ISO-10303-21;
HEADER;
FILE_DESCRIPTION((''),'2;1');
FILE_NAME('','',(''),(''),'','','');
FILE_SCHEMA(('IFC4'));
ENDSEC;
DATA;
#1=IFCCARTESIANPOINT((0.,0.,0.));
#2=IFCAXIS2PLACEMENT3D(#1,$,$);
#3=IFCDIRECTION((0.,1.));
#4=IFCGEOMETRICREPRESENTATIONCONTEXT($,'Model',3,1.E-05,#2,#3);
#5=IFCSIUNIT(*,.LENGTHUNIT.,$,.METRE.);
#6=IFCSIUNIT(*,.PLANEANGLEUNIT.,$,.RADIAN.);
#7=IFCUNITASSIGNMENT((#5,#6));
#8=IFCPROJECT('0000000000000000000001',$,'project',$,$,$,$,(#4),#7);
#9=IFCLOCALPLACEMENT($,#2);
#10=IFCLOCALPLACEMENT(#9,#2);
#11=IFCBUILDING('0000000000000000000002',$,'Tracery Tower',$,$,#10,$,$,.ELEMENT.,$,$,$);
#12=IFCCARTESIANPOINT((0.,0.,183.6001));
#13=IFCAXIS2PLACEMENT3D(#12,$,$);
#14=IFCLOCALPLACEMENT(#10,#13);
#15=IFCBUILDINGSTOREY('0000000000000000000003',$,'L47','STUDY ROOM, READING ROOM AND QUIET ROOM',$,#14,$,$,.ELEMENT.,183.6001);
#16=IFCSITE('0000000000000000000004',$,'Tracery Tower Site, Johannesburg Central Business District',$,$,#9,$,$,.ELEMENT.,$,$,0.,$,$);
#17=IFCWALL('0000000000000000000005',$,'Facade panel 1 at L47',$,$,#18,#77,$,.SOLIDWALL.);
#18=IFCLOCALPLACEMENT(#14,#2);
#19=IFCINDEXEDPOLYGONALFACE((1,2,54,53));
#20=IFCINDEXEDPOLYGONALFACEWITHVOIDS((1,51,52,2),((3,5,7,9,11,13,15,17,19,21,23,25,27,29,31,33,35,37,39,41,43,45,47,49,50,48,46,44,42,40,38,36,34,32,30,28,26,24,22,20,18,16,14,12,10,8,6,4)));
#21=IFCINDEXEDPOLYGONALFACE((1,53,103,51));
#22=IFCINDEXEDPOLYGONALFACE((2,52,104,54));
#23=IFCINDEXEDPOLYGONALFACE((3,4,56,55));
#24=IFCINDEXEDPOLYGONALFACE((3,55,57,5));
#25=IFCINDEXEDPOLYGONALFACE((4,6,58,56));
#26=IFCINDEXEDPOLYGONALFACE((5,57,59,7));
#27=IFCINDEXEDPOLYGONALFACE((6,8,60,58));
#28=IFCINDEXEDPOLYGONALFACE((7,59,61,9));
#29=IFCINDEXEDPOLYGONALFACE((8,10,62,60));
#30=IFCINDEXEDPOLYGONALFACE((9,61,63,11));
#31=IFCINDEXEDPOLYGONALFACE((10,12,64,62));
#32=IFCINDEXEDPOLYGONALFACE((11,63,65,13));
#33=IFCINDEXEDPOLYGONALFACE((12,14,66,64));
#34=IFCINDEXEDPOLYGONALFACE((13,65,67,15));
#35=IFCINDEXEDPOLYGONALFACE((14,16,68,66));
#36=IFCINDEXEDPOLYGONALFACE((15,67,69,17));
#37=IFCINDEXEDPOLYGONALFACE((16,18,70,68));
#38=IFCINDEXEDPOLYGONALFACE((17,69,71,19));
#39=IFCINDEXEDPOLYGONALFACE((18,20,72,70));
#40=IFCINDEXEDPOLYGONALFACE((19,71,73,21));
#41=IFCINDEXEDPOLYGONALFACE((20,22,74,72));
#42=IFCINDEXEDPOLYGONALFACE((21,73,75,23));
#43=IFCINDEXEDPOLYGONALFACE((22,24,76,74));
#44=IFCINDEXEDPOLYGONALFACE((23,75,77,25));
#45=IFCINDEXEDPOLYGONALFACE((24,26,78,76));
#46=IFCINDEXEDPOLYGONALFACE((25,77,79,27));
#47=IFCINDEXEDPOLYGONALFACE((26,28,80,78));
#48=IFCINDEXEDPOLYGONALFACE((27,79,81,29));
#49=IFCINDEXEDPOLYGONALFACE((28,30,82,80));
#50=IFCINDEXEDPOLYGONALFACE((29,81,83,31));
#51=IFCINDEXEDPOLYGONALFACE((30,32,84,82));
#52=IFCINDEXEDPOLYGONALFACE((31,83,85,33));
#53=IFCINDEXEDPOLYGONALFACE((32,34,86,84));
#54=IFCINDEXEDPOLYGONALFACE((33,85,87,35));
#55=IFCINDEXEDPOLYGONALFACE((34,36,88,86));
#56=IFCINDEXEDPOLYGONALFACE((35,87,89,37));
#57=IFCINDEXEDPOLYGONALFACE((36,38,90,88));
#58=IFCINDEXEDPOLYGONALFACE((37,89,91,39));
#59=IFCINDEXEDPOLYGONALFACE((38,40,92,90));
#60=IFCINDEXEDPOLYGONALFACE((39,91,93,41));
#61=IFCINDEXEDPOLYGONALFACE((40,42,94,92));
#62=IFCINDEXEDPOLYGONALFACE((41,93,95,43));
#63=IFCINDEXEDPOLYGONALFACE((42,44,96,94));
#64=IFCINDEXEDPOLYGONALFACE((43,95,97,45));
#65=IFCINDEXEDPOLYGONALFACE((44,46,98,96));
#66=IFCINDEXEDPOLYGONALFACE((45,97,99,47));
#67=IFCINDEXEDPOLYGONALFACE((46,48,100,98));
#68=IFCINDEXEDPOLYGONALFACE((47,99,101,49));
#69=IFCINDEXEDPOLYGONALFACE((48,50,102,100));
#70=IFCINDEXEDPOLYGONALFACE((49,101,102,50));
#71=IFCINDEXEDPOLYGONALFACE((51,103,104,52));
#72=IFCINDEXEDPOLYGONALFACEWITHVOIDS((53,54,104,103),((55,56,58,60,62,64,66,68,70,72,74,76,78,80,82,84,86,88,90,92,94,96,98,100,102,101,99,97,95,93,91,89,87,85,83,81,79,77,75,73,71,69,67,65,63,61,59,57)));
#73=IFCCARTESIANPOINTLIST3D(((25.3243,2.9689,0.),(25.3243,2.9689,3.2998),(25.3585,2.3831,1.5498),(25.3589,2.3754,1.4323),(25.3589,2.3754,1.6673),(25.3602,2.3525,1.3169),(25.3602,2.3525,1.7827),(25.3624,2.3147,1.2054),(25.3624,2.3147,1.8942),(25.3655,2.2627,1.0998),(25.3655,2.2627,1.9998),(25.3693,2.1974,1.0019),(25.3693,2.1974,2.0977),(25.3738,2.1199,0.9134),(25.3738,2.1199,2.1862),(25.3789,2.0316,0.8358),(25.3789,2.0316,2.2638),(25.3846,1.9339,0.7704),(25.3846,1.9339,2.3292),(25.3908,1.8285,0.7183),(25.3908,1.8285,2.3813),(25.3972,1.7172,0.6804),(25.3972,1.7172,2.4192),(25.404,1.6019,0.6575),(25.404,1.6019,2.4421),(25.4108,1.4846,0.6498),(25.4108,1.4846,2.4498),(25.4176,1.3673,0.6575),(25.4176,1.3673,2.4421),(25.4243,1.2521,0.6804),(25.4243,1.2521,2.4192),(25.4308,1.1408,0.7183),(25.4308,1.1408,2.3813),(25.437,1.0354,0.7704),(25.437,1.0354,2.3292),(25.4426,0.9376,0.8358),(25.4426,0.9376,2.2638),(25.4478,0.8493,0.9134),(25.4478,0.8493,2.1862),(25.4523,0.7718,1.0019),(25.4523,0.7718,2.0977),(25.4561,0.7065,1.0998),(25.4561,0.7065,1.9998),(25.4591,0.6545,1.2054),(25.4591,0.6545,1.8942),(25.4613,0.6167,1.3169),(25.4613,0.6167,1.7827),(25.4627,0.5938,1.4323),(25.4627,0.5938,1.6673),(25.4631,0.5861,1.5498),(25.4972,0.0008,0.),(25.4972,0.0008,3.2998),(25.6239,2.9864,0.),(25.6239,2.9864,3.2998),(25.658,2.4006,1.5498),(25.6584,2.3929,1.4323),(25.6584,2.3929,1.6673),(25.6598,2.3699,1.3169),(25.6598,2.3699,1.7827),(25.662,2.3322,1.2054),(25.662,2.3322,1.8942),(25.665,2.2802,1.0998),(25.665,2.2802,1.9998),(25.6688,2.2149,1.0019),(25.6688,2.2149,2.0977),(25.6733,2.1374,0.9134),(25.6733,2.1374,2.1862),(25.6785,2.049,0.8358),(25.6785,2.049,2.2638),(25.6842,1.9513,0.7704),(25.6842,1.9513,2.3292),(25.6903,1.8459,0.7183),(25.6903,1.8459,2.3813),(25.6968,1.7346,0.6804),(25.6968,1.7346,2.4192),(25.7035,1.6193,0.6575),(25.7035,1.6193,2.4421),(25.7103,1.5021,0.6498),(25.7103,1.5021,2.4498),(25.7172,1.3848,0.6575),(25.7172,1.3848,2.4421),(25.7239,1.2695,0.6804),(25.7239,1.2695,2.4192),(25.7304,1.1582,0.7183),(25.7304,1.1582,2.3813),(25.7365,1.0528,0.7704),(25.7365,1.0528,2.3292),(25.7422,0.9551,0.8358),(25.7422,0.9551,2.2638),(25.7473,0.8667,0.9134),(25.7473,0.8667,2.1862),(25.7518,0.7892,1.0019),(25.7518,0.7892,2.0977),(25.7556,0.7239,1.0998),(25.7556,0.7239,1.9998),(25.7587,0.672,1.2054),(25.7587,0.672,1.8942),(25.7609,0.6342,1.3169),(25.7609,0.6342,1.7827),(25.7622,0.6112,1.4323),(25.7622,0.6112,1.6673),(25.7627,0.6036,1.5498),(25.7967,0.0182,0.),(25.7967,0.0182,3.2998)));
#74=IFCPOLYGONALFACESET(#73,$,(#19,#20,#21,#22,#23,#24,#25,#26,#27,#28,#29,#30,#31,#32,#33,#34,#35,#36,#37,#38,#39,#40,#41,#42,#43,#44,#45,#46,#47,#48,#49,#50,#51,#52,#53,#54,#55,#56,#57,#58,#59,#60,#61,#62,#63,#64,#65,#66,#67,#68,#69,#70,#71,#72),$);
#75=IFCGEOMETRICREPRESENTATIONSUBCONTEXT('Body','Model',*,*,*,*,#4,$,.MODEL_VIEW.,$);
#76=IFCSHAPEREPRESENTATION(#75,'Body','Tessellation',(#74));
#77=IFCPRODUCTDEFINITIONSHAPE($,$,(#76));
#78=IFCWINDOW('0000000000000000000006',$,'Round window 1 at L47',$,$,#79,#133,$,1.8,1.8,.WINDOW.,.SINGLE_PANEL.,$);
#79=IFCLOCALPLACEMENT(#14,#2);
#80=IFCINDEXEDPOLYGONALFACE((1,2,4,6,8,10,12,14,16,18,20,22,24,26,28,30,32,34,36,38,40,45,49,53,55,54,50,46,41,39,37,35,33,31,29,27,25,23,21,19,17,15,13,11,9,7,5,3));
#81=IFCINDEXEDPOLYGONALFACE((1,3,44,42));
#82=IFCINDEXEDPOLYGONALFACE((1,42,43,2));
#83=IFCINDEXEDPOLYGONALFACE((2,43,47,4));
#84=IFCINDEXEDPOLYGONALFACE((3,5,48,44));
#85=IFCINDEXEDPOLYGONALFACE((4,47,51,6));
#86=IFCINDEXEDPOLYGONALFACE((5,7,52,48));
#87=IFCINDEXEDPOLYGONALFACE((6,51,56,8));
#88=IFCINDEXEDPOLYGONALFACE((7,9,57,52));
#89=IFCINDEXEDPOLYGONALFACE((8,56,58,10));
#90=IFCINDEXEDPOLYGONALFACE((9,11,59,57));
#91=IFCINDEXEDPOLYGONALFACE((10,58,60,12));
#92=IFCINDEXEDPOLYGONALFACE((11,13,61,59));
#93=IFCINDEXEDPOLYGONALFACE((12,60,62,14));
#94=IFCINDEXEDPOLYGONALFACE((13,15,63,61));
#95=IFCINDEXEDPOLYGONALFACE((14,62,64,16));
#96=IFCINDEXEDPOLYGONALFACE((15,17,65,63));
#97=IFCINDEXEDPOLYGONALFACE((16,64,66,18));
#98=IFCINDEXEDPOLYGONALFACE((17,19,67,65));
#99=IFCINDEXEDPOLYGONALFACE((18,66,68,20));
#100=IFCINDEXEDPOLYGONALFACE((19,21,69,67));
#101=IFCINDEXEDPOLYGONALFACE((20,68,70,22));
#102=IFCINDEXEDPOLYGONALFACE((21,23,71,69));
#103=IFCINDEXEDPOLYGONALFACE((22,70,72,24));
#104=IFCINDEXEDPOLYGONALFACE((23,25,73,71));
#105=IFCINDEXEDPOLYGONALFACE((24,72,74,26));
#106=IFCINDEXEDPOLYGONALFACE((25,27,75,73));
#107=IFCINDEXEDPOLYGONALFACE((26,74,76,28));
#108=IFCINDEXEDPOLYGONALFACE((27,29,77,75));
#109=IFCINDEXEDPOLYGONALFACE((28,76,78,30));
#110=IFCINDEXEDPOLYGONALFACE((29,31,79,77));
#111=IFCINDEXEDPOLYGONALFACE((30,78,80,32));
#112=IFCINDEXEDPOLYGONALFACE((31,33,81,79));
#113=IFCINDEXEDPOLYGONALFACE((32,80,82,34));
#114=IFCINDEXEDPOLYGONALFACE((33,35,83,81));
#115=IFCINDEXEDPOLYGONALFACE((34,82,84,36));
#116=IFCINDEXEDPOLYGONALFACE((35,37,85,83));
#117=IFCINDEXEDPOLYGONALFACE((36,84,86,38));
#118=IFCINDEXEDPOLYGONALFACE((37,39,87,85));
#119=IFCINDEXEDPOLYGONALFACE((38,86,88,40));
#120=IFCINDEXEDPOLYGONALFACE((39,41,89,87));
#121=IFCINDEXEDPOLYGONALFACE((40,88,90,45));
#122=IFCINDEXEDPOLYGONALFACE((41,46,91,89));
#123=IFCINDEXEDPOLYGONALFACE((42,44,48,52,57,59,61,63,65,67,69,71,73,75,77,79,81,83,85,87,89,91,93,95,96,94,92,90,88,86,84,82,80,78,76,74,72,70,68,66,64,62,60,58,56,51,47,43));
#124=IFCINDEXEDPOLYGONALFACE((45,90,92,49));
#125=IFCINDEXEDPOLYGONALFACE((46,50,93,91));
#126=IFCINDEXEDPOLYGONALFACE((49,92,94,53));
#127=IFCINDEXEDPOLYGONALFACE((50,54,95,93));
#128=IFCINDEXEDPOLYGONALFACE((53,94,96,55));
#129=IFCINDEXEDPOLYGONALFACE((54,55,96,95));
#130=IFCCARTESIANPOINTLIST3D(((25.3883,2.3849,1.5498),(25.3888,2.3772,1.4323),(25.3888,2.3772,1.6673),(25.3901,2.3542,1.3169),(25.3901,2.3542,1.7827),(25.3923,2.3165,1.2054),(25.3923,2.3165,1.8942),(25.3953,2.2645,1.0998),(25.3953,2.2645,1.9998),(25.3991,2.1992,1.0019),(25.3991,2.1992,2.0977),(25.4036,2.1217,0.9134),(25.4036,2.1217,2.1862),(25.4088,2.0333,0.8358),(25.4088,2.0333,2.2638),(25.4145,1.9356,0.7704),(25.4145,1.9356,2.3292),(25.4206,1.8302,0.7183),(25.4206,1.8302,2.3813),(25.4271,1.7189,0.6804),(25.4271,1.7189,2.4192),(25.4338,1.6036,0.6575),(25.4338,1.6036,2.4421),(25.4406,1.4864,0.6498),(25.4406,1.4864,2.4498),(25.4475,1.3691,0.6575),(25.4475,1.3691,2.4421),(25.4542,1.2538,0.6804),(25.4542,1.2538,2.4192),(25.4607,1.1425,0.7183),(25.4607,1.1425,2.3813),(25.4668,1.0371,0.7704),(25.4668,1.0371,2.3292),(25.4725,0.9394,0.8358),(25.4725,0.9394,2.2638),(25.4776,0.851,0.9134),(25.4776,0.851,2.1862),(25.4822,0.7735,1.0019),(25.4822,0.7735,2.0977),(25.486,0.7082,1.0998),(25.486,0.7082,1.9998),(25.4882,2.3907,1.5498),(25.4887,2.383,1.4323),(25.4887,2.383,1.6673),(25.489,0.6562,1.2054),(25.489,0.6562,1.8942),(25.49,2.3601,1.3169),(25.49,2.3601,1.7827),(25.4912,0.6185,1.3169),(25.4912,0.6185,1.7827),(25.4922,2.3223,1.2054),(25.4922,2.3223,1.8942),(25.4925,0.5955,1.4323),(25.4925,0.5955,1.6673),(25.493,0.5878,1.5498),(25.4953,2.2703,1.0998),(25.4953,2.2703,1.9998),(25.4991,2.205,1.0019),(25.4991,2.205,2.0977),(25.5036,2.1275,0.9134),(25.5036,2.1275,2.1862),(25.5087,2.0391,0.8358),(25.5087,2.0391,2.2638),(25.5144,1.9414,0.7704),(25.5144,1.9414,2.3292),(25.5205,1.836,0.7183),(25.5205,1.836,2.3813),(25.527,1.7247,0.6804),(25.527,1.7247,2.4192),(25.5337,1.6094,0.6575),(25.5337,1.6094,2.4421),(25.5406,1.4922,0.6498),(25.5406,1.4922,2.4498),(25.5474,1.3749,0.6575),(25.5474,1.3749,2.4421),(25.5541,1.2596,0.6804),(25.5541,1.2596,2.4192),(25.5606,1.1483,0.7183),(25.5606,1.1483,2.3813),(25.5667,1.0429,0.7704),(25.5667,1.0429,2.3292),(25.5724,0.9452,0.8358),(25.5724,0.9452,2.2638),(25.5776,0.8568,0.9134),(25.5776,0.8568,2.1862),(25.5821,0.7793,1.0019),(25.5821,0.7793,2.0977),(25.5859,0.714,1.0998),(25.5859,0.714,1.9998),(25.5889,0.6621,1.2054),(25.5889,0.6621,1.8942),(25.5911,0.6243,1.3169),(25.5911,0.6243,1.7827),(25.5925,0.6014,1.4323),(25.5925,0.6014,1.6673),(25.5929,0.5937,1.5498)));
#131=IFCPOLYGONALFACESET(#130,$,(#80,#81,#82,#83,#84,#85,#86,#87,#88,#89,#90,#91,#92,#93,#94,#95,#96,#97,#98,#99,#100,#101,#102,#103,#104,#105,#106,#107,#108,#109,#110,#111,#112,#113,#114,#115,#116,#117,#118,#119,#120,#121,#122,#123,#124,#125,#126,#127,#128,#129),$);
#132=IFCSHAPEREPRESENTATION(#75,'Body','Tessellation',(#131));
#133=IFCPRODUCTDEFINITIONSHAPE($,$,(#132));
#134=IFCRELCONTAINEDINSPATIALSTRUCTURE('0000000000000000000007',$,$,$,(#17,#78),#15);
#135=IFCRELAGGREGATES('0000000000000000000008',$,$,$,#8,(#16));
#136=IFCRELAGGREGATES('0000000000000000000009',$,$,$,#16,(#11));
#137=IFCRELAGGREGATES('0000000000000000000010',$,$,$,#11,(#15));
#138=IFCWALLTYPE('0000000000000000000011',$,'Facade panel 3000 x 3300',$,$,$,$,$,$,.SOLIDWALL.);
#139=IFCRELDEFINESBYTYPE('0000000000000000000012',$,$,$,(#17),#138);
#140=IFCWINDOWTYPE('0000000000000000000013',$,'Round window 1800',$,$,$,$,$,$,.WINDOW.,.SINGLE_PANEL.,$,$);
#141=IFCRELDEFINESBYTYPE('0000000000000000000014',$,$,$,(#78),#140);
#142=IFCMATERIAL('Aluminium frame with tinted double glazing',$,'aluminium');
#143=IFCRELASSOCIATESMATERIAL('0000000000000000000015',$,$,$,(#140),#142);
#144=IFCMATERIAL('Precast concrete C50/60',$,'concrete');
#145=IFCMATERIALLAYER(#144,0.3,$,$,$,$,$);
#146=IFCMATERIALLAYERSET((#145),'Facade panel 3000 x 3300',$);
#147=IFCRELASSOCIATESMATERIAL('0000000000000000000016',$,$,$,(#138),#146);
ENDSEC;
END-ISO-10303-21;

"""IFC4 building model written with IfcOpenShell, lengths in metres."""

from ifc_helpers import new_model, si_unit, direction, frame, frame_2d, origin, origin_2d, place, context, subcontext, project, spatial, rectangle, circle, extrude, material, layer, layer_set, type_object, element, fill, save


model = new_model("IFC4")

# Units and contexts
model_context = context("Model", 3, precision=1e-05, world=origin(), true_north=direction((0.0, 1.0)))
body_context = subcontext(model_context, "Body", "Model", "MODEL_VIEW")
ifc_project = project(units=[si_unit("LENGTHUNIT", "METRE"), si_unit("PLANEANGLEUNIT", "RADIAN")], contexts=[model_context])

# Site, building, storey
site_placement = place(None, origin())
site = spatial("IfcSite", under=ifc_project, at=site_placement, Name="Tracery Tower Site, Johannesburg Central Business District", CompositionType="ELEMENT", RefElevation=0.0)
building_placement = place(site_placement, origin())
building = spatial("IfcBuilding", under=site, at=building_placement, Name="Tracery Tower", CompositionType="ELEMENT")
storey_placement = place(building_placement, frame((0.0, 0.0, 183.6001)))
storey = spatial("IfcBuildingStorey", under=building, at=storey_placement, Name="L47", Description="STUDY ROOM, READING ROOM AND QUIET ROOM", CompositionType="ELEMENT", Elevation=183.6001)

# Wall, opening, window
ifc_material_1 = material(Name="Aluminium frame with tinted double glazing", Category="aluminium")
window_type = type_object("IfcWindowType", Name="Round window 1800", PartitioningType="SINGLE_PANEL", PredefinedType="WINDOW", material=ifc_material_1)
ifc_material_2 = material(Name="Precast concrete C50/60", Category="concrete")
ifc_layer_1 = layer(ifc_material_2, 0.3)
ifc_layer_set_1 = layer_set([ifc_layer_1], Name="Facade panel 3000 x 3300")
wall_type_1 = type_object("IfcWallType", Name="Facade panel 3000 x 3300", PredefinedType="SOLIDWALL", material=ifc_layer_set_1)
wall_1_placement = place(storey_placement, frame((25.647, 0.0095, 0.0), z_axis=(0.0, 0.0, 1.0), x_axis=(-0.05814, 0.998308, 0.0)))
wall_1 = element("IfcWall", 1, at=wall_1_placement, inside=storey, type_object=wall_type_1, Name="Facade panel 1 at L47", PredefinedType="SOLIDWALL", context=body_context, shape_type="SweptSolid", body=[
    extrude(rectangle(XDim=2.9731, YDim=0.3, at=frame_2d((1.4866, 0.0))), origin(), (0.0, 0.0, 1.0), 3.2998),
])
opening_1_placement = place(wall_1_placement, frame((1.4863, 0.0, 1.5498)))
opening_1 = element("IfcOpeningElement", 2, at=opening_1_placement, cuts=wall_1, PredefinedType="OPENING", context=body_context, shape_type="SweptSolid", body=[
    extrude(circle(Radius=0.9, at=origin_2d()), frame((0.0, 0.1599, 0.0), z_axis=(0.0, -1.0, 0.0), x_axis=(1.0, 0.0, 0.0)), (0.0, 0.0, 1.0), 0.3201),
])
window_1_placement = place(opening_1_placement, origin())
window_1 = element("IfcWindow", 3, at=window_1_placement, inside=storey, type_object=window_type, Name="Round window 1 at L47", OverallHeight=1.8, OverallWidth=1.8, PartitioningType="SINGLE_PANEL", PredefinedType="WINDOW", context=body_context, shape_type="SweptSolid", body=[
    extrude(circle(Radius=0.9, at=origin_2d()), frame((0.0, 0.1201, 0.0), z_axis=(0.0, -1.0, 0.0), x_axis=(1.0, 0.0, 0.0)), (0.0, 0.0, 1.0), 0.1001),
])
fill(opening_1, window_1)

save(model, "model.ifc")
